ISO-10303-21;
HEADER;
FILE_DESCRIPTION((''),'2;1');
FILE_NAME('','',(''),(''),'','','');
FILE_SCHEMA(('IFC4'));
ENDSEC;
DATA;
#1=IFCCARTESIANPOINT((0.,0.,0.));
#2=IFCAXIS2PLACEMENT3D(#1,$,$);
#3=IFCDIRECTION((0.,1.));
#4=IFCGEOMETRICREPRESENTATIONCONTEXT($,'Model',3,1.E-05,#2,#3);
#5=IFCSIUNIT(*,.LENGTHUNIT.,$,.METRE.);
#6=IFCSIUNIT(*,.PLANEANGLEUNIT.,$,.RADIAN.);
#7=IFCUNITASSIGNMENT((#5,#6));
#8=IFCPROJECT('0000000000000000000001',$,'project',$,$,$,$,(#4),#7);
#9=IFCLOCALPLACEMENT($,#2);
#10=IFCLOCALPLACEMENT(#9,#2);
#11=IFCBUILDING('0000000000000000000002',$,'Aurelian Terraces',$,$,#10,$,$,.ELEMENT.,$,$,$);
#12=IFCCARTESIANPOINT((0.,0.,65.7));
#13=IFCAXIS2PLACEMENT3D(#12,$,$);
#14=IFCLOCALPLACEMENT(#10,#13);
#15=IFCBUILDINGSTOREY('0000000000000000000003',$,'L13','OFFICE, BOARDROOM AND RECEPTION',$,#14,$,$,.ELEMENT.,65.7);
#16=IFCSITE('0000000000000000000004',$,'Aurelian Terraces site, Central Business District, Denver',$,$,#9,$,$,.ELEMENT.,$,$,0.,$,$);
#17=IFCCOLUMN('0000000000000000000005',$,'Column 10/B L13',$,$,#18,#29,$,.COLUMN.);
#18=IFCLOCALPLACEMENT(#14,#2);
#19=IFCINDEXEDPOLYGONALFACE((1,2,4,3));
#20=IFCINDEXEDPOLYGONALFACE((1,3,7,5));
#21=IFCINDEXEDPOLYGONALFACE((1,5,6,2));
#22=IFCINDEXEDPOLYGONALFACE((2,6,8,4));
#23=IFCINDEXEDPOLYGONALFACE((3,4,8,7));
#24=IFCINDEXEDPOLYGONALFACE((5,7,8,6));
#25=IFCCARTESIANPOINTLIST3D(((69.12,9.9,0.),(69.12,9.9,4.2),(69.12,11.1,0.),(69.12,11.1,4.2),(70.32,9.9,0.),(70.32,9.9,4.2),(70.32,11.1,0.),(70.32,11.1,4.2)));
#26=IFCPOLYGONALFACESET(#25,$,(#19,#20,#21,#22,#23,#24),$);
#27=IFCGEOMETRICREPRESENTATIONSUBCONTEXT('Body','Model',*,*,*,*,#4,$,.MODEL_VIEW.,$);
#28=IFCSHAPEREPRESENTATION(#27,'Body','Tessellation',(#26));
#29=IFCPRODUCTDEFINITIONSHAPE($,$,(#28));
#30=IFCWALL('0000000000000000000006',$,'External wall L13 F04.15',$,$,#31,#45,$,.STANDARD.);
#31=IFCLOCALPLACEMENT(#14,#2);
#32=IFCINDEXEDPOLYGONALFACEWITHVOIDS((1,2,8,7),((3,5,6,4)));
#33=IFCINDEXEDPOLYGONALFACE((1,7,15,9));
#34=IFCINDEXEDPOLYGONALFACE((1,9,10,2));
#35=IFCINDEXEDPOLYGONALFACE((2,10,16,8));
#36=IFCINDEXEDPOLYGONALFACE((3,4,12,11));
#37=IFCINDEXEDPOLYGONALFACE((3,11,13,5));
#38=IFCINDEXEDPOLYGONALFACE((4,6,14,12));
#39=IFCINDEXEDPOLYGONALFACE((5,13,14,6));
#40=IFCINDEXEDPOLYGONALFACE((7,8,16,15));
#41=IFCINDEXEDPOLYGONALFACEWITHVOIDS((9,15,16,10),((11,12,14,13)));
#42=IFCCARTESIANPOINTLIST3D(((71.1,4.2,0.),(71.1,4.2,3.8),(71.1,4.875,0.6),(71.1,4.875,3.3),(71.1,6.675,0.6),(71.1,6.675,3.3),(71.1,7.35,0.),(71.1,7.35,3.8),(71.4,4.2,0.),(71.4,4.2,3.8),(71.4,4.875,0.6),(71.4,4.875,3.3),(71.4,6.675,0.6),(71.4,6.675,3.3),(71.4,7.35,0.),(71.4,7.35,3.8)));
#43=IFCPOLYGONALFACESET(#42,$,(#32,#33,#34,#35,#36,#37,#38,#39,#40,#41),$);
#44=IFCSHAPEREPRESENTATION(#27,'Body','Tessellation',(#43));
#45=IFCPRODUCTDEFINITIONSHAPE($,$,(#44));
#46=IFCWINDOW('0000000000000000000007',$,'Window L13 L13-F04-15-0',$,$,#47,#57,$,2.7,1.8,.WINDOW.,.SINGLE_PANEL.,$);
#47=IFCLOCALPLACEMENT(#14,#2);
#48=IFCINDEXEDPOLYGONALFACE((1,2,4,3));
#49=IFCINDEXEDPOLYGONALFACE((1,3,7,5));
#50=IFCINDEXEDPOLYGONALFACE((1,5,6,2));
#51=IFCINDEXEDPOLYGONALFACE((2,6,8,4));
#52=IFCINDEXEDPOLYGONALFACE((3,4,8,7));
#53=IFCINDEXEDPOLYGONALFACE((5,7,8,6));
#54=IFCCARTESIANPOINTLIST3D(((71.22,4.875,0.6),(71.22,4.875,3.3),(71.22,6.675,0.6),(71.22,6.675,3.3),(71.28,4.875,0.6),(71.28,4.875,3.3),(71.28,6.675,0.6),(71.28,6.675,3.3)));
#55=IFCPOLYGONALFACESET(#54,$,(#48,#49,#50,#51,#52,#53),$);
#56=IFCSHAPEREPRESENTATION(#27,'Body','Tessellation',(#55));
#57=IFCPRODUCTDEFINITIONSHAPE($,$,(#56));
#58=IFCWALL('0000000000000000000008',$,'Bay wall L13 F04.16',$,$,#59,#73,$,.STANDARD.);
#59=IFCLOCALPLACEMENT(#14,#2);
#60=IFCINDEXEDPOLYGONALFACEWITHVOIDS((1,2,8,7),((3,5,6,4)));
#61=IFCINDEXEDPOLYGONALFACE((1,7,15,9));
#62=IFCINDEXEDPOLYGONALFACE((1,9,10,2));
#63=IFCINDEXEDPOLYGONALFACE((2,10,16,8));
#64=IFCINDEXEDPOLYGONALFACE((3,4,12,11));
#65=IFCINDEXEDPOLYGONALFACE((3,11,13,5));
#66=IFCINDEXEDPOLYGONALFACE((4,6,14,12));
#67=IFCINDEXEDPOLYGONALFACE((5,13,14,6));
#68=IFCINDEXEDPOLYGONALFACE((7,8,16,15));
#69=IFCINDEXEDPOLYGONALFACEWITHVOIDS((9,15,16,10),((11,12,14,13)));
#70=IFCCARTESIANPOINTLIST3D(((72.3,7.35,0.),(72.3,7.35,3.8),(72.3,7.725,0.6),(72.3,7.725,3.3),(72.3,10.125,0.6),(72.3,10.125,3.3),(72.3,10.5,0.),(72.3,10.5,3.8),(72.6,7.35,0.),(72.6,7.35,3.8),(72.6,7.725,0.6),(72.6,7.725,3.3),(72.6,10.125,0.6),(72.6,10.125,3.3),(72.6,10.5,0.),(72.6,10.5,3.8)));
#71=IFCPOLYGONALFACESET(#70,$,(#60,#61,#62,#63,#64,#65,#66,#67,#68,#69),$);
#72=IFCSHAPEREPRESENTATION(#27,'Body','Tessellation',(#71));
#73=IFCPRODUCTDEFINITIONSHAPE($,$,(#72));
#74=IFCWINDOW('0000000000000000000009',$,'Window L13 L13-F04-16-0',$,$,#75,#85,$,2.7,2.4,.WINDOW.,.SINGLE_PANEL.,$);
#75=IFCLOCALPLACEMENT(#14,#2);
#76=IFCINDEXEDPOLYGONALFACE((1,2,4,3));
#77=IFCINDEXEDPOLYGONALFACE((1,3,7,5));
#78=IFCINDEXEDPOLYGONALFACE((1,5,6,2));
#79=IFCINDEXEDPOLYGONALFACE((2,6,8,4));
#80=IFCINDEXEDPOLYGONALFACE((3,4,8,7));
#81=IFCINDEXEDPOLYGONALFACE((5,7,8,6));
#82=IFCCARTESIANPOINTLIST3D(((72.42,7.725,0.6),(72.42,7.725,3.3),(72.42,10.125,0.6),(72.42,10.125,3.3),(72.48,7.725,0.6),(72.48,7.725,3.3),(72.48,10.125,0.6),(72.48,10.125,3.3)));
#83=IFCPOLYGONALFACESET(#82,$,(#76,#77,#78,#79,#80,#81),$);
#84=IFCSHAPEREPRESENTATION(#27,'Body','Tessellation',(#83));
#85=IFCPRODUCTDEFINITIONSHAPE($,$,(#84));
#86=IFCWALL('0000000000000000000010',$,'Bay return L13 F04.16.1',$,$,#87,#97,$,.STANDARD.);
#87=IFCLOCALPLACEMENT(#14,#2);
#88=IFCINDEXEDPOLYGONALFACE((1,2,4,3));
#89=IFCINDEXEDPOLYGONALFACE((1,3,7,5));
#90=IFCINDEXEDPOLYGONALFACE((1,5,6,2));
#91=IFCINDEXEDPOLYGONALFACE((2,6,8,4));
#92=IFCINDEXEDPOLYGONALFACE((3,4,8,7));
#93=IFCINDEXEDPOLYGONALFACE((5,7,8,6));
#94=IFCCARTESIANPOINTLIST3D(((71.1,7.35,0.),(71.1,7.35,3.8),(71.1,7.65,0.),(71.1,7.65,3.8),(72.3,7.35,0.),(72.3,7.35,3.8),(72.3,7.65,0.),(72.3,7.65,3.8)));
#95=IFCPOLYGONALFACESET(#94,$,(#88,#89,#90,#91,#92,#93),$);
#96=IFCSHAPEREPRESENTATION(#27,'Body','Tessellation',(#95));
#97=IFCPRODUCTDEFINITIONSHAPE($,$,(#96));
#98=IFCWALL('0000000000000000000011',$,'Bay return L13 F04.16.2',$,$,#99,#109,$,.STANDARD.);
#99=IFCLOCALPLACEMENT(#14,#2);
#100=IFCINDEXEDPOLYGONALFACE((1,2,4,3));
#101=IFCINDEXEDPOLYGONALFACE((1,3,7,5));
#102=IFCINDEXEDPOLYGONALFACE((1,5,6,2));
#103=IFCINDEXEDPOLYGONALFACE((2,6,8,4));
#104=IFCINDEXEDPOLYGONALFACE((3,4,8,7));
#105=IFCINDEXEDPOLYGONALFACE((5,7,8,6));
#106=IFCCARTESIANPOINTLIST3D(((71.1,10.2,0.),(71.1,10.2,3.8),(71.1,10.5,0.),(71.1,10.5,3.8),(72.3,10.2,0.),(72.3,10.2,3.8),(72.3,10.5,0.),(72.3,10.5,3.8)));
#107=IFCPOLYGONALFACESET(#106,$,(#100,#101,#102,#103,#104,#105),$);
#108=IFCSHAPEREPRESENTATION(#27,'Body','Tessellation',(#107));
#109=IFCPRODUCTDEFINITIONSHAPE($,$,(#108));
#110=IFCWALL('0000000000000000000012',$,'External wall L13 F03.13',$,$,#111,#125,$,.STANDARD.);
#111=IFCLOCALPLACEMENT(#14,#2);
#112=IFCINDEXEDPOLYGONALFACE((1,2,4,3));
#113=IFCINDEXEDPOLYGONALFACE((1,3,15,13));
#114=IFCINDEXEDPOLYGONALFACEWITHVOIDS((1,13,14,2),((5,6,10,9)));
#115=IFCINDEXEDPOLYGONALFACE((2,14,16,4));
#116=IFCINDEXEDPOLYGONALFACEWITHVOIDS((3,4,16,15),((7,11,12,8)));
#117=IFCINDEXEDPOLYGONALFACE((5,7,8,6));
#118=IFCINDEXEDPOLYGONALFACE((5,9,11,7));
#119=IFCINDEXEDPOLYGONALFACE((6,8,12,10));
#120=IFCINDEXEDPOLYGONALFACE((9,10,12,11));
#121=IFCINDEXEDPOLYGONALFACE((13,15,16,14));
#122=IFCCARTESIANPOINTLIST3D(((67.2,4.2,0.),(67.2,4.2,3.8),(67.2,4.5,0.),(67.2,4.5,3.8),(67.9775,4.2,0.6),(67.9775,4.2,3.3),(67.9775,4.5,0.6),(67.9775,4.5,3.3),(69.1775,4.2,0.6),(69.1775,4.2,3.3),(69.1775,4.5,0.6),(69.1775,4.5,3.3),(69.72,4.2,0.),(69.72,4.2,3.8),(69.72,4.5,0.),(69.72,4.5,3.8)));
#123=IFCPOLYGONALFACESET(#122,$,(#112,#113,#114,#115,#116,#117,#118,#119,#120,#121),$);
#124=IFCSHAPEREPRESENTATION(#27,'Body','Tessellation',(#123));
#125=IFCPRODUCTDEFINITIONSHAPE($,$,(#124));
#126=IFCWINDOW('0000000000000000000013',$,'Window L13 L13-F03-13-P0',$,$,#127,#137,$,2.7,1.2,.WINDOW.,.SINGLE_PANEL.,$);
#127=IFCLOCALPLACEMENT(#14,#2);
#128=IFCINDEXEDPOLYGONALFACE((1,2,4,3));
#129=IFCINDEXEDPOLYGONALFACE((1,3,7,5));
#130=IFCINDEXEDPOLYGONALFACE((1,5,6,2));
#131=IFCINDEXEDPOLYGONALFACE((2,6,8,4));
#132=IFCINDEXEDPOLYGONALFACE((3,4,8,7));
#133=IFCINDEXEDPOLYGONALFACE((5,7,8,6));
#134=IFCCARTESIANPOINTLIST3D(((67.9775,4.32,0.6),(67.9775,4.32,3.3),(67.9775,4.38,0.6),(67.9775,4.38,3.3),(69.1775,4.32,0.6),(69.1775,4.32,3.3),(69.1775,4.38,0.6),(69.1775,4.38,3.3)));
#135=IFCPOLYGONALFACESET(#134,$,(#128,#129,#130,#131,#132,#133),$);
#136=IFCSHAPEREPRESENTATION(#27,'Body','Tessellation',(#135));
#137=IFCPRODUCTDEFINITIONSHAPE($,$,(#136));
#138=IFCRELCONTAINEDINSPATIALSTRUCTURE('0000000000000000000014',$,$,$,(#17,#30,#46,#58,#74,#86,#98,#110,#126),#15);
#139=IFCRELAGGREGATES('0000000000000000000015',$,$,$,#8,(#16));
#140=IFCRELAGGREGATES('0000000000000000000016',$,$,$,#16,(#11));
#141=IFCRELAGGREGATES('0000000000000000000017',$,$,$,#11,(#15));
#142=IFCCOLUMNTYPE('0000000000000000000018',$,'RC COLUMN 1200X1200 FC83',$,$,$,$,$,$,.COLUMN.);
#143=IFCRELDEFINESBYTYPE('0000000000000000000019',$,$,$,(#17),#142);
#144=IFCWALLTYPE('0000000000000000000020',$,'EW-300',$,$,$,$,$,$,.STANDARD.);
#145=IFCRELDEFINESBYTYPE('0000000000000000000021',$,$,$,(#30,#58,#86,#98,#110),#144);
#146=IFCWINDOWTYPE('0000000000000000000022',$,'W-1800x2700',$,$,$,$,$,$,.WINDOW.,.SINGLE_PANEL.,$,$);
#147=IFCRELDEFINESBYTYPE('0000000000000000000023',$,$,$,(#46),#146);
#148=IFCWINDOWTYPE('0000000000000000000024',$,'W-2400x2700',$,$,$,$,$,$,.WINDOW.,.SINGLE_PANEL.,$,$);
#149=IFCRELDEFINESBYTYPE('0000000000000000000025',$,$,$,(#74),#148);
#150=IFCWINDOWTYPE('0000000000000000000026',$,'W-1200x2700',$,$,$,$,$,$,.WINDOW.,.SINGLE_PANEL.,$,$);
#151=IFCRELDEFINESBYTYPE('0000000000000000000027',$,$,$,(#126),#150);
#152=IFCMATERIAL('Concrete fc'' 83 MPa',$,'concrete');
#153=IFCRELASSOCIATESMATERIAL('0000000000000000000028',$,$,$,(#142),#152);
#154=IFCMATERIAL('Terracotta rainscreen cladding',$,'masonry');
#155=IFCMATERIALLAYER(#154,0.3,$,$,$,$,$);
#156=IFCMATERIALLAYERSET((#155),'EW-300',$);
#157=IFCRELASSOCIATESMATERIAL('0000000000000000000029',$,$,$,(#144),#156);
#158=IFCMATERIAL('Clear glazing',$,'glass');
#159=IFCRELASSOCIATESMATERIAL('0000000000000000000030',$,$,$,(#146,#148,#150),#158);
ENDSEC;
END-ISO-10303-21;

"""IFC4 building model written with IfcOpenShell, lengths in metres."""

from ifc_helpers import new_model, si_unit, direction, frame, frame_2d, origin, origin_2d, place, context, subcontext, project, spatial, rectangle, extrude, source, transform, mapped, material, layer, layer_set, material_profile, profile_set, type_object, element, fill, save


model = new_model("IFC4")

# Units and contexts
model_context = context("Model", 3, precision=1e-05, world=origin(), true_north=direction((0.0, 1.0)))
body_context = subcontext(model_context, "Body", "Model", "MODEL_VIEW")
ifc_project = project(units=[si_unit("LENGTHUNIT", "METRE"), si_unit("PLANEANGLEUNIT", "RADIAN")], contexts=[model_context])

# Site, building, storey
site_placement = place(None, origin())
site = spatial("IfcSite", under=ifc_project, at=site_placement, Name="Aurelian Terraces site, Central Business District, Denver", CompositionType="ELEMENT", RefElevation=0.0)
building_placement = place(site_placement, origin())
building = spatial("IfcBuilding", under=site, at=building_placement, Name="Aurelian Terraces", CompositionType="ELEMENT")
storey_placement = place(building_placement, frame((0.0, 0.0, 65.7)))
storey = spatial("IfcBuildingStorey", under=building, at=storey_placement, Name="L13", Description="OFFICE, BOARDROOM AND RECEPTION", CompositionType="ELEMENT", Elevation=65.7)

# Column
ifc_material_1 = material(Name="Concrete fc' 83 MPa", Category="concrete")
ifc_material_profile = material_profile(ifc_material_1, rectangle(XDim=1.2, YDim=1.2, at=origin_2d()))
ifc_profile_set = profile_set([ifc_material_profile], Name="Concrete fc' 83 MPa")
column_type = type_object("IfcColumnType", Name="RC COLUMN 1200X1200 FC83", PredefinedType="COLUMN", material=ifc_profile_set)
shared_shape_1 = source(origin(), body_context, "Body", "SweptSolid", [
    extrude(rectangle(XDim=1.2, YDim=1.2, at=origin_2d()), origin(), (0.0, 0.0, 1.0), 4.2),
])
column_placement = place(storey_placement, frame((69.72, 10.5, 0.0), z_axis=(0.0, 0.0, 1.0), x_axis=(1.0, 0.0, 0.0)))
element("IfcColumn", 1, at=column_placement, inside=storey, type_object=column_type, Name="Column 10/B L13", PredefinedType="COLUMN", context=body_context, shape_type="MappedRepresentation", body=[
    mapped(shared_shape_1, transform((0.0, 0.0, 0.0), scale=1.0)),
])

# Walls, openings, windows
ifc_material_2 = material(Name="Terracotta rainscreen cladding", Category="masonry")
ifc_layer_1 = layer(ifc_material_2, 0.3)
ifc_layer_set_1 = layer_set([ifc_layer_1], Name="EW-300")
wall_type_1 = type_object("IfcWallType", Name="EW-300", PredefinedType="STANDARD", material=ifc_layer_set_1)
shared_shape_2 = source(origin(), body_context, "Body", "SweptSolid", [
    extrude(rectangle(XDim=3.15, YDim=0.3, at=frame_2d((1.575, 0.0))), origin(), (0.0, 0.0, 1.0), 3.8),
])
wall_1_placement = place(storey_placement, frame((71.25, 4.2, 0.0), z_axis=(0.0, 0.0, 1.0), x_axis=(0.0, 1.0, 0.0)))
wall_1 = element("IfcWall", 2, at=wall_1_placement, inside=storey, type_object=wall_type_1, Name="External wall L13 F04.15", PredefinedType="STANDARD", context=body_context, shape_type="MappedRepresentation", body=[
    mapped(shared_shape_2, transform((0.0, 0.0, 0.0), scale=1.0)),
])
shared_shape_3 = source(origin(), body_context, "Body", "SweptSolid", [
    extrude(rectangle(XDim=1.8, YDim=2.7, at=frame_2d((0.9, 1.35))), frame((0.0, 0.16, 0.0), z_axis=(0.0, -1.0, 0.0), x_axis=(1.0, 0.0, 0.0)), (0.0, 0.0, 1.0), 0.32),
])
opening_1_placement = place(wall_1_placement, frame((0.675, 0.0, 0.6)))
opening_1 = element("IfcOpeningElement", 3, at=opening_1_placement, cuts=wall_1, PredefinedType="OPENING", context=body_context, shape_type="MappedRepresentation", body=[
    mapped(shared_shape_3, transform((0.0, 0.0, 0.0), scale=1.0)),
])
ifc_material_3 = material(Name="Clear glazing", Category="glass")
window_type_1 = type_object("IfcWindowType", Name="W-1800x2700", PartitioningType="SINGLE_PANEL", PredefinedType="WINDOW", material=ifc_material_3)
shared_shape_4 = source(origin(), body_context, "Body", "SweptSolid", [
    extrude(rectangle(XDim=1.8, YDim=2.7, at=frame_2d((0.9, 1.35))), frame((0.0, 0.03, 0.0), z_axis=(0.0, -1.0, 0.0), x_axis=(1.0, 0.0, 0.0)), (0.0, 0.0, 1.0), 0.06),
])
window_1_placement = place(opening_1_placement, origin())
window_1 = element("IfcWindow", 4, at=window_1_placement, inside=storey, type_object=window_type_1, Name="Window L13 L13-F04-15-0", OverallHeight=2.7, OverallWidth=1.8, PartitioningType="SINGLE_PANEL", PredefinedType="WINDOW", context=body_context, shape_type="MappedRepresentation", body=[
    mapped(shared_shape_4, transform((0.0, 0.0, 0.0), scale=1.0)),
])
fill(opening_1, window_1)
wall_2_placement = place(storey_placement, frame((72.45, 7.35, 0.0), z_axis=(0.0, 0.0, 1.0), x_axis=(0.0, 1.0, 0.0)))
wall_2 = element("IfcWall", 5, at=wall_2_placement, inside=storey, type_object=wall_type_1, Name="Bay wall L13 F04.16", PredefinedType="STANDARD", context=body_context, shape_type="MappedRepresentation", body=[
    mapped(shared_shape_2, transform((0.0, 0.0, 0.0), scale=1.0)),
])
shared_shape_5 = source(origin(), body_context, "Body", "SweptSolid", [
    extrude(rectangle(XDim=2.4, YDim=2.7, at=frame_2d((1.2, 1.35))), frame((0.0, 0.16, 0.0), z_axis=(0.0, -1.0, 0.0), x_axis=(1.0, 0.0, 0.0)), (0.0, 0.0, 1.0), 0.32),
])
opening_2_placement = place(wall_2_placement, frame((0.375, 0.0, 0.6)))
opening_2 = element("IfcOpeningElement", 6, at=opening_2_placement, cuts=wall_2, PredefinedType="OPENING", context=body_context, shape_type="MappedRepresentation", body=[
    mapped(shared_shape_5, transform((0.0, 0.0, 0.0), scale=1.0)),
])
window_type_2 = type_object("IfcWindowType", Name="W-2400x2700", PartitioningType="SINGLE_PANEL", PredefinedType="WINDOW", material=ifc_material_3)
shared_shape_6 = source(origin(), body_context, "Body", "SweptSolid", [
    extrude(rectangle(XDim=2.4, YDim=2.7, at=frame_2d((1.2, 1.35))), frame((0.0, 0.03, 0.0), z_axis=(0.0, -1.0, 0.0), x_axis=(1.0, 0.0, 0.0)), (0.0, 0.0, 1.0), 0.06),
])
window_2_placement = place(opening_2_placement, origin())
window_2 = element("IfcWindow", 7, at=window_2_placement, inside=storey, type_object=window_type_2, Name="Window L13 L13-F04-16-0", OverallHeight=2.7, OverallWidth=2.4, PartitioningType="SINGLE_PANEL", PredefinedType="WINDOW", context=body_context, shape_type="MappedRepresentation", body=[
    mapped(shared_shape_6, transform((0.0, 0.0, 0.0), scale=1.0)),
])
fill(opening_2, window_2)

# Walls
shared_shape_7 = source(origin(), body_context, "Body", "SweptSolid", [
    extrude(rectangle(XDim=1.2, YDim=0.3, at=frame_2d((0.6, 0.0))), origin(), (0.0, 0.0, 1.0), 3.8),
])
for number, where, z_axis, x_axis, name in (
    (8, (71.1, 7.5, 0.0), (0.0, 0.0, 1.0), (1.0, 0.0, 0.0), "Bay return L13 F04.16.1"),
    (9, (71.1, 10.35, 0.0), (0.0, 0.0, 1.0), (1.0, 0.0, 0.0), "Bay return L13 F04.16.2"),
):
    element("IfcWall", number, at=place(storey_placement, frame(where, z_axis=z_axis, x_axis=x_axis)), inside=storey, type_object=wall_type_1, Name=name, PredefinedType="STANDARD", context=body_context, shape_type="MappedRepresentation", body=[
        mapped(shared_shape_7, transform((0.0, 0.0, 0.0), scale=1.0)),
    ])

# Wall, opening, window
shared_shape_8 = source(origin(), body_context, "Body", "SweptSolid", [
    extrude(rectangle(XDim=2.52, YDim=0.3, at=frame_2d((1.26, 0.0))), origin(), (0.0, 0.0, 1.0), 3.8),
])
wall_3_placement = place(storey_placement, frame((67.2, 4.35, 0.0), z_axis=(0.0, 0.0, 1.0), x_axis=(1.0, 0.0, 0.0)))
wall_3 = element("IfcWall", 10, at=wall_3_placement, inside=storey, type_object=wall_type_1, Name="External wall L13 F03.13", PredefinedType="STANDARD", context=body_context, shape_type="MappedRepresentation", body=[
    mapped(shared_shape_8, transform((0.0, 0.0, 0.0), scale=1.0)),
])
shared_shape_9 = source(origin(), body_context, "Body", "SweptSolid", [
    extrude(rectangle(XDim=1.2, YDim=2.7, at=frame_2d((0.6, 1.35))), frame((0.0, 0.16, 0.0), z_axis=(0.0, -1.0, 0.0), x_axis=(1.0, 0.0, 0.0)), (0.0, 0.0, 1.0), 0.32),
])
opening_3_placement = place(wall_3_placement, frame((0.7775, 0.0, 0.6)))
opening_3 = element("IfcOpeningElement", 11, at=opening_3_placement, cuts=wall_3, PredefinedType="OPENING", context=body_context, shape_type="MappedRepresentation", body=[
    mapped(shared_shape_9, transform((0.0, 0.0, 0.0), scale=1.0)),
])
window_type_3 = type_object("IfcWindowType", Name="W-1200x2700", PartitioningType="SINGLE_PANEL", PredefinedType="WINDOW", material=ifc_material_3)
shared_shape_10 = source(origin(), body_context, "Body", "SweptSolid", [
    extrude(rectangle(XDim=1.2, YDim=2.7, at=frame_2d((0.6, 1.35))), frame((0.0, 0.03, 0.0), z_axis=(0.0, -1.0, 0.0), x_axis=(1.0, 0.0, 0.0)), (0.0, 0.0, 1.0), 0.06),
])
window_3_placement = place(opening_3_placement, origin())
window_3 = element("IfcWindow", 12, at=window_3_placement, inside=storey, type_object=window_type_3, Name="Window L13 L13-F03-13-P0", OverallHeight=2.7, OverallWidth=1.2, PartitioningType="SINGLE_PANEL", PredefinedType="WINDOW", context=body_context, shape_type="MappedRepresentation", body=[
    mapped(shared_shape_10, transform((0.0, 0.0, 0.0), scale=1.0)),
])
fill(opening_3, window_3)

save(model, "model.ifc")
